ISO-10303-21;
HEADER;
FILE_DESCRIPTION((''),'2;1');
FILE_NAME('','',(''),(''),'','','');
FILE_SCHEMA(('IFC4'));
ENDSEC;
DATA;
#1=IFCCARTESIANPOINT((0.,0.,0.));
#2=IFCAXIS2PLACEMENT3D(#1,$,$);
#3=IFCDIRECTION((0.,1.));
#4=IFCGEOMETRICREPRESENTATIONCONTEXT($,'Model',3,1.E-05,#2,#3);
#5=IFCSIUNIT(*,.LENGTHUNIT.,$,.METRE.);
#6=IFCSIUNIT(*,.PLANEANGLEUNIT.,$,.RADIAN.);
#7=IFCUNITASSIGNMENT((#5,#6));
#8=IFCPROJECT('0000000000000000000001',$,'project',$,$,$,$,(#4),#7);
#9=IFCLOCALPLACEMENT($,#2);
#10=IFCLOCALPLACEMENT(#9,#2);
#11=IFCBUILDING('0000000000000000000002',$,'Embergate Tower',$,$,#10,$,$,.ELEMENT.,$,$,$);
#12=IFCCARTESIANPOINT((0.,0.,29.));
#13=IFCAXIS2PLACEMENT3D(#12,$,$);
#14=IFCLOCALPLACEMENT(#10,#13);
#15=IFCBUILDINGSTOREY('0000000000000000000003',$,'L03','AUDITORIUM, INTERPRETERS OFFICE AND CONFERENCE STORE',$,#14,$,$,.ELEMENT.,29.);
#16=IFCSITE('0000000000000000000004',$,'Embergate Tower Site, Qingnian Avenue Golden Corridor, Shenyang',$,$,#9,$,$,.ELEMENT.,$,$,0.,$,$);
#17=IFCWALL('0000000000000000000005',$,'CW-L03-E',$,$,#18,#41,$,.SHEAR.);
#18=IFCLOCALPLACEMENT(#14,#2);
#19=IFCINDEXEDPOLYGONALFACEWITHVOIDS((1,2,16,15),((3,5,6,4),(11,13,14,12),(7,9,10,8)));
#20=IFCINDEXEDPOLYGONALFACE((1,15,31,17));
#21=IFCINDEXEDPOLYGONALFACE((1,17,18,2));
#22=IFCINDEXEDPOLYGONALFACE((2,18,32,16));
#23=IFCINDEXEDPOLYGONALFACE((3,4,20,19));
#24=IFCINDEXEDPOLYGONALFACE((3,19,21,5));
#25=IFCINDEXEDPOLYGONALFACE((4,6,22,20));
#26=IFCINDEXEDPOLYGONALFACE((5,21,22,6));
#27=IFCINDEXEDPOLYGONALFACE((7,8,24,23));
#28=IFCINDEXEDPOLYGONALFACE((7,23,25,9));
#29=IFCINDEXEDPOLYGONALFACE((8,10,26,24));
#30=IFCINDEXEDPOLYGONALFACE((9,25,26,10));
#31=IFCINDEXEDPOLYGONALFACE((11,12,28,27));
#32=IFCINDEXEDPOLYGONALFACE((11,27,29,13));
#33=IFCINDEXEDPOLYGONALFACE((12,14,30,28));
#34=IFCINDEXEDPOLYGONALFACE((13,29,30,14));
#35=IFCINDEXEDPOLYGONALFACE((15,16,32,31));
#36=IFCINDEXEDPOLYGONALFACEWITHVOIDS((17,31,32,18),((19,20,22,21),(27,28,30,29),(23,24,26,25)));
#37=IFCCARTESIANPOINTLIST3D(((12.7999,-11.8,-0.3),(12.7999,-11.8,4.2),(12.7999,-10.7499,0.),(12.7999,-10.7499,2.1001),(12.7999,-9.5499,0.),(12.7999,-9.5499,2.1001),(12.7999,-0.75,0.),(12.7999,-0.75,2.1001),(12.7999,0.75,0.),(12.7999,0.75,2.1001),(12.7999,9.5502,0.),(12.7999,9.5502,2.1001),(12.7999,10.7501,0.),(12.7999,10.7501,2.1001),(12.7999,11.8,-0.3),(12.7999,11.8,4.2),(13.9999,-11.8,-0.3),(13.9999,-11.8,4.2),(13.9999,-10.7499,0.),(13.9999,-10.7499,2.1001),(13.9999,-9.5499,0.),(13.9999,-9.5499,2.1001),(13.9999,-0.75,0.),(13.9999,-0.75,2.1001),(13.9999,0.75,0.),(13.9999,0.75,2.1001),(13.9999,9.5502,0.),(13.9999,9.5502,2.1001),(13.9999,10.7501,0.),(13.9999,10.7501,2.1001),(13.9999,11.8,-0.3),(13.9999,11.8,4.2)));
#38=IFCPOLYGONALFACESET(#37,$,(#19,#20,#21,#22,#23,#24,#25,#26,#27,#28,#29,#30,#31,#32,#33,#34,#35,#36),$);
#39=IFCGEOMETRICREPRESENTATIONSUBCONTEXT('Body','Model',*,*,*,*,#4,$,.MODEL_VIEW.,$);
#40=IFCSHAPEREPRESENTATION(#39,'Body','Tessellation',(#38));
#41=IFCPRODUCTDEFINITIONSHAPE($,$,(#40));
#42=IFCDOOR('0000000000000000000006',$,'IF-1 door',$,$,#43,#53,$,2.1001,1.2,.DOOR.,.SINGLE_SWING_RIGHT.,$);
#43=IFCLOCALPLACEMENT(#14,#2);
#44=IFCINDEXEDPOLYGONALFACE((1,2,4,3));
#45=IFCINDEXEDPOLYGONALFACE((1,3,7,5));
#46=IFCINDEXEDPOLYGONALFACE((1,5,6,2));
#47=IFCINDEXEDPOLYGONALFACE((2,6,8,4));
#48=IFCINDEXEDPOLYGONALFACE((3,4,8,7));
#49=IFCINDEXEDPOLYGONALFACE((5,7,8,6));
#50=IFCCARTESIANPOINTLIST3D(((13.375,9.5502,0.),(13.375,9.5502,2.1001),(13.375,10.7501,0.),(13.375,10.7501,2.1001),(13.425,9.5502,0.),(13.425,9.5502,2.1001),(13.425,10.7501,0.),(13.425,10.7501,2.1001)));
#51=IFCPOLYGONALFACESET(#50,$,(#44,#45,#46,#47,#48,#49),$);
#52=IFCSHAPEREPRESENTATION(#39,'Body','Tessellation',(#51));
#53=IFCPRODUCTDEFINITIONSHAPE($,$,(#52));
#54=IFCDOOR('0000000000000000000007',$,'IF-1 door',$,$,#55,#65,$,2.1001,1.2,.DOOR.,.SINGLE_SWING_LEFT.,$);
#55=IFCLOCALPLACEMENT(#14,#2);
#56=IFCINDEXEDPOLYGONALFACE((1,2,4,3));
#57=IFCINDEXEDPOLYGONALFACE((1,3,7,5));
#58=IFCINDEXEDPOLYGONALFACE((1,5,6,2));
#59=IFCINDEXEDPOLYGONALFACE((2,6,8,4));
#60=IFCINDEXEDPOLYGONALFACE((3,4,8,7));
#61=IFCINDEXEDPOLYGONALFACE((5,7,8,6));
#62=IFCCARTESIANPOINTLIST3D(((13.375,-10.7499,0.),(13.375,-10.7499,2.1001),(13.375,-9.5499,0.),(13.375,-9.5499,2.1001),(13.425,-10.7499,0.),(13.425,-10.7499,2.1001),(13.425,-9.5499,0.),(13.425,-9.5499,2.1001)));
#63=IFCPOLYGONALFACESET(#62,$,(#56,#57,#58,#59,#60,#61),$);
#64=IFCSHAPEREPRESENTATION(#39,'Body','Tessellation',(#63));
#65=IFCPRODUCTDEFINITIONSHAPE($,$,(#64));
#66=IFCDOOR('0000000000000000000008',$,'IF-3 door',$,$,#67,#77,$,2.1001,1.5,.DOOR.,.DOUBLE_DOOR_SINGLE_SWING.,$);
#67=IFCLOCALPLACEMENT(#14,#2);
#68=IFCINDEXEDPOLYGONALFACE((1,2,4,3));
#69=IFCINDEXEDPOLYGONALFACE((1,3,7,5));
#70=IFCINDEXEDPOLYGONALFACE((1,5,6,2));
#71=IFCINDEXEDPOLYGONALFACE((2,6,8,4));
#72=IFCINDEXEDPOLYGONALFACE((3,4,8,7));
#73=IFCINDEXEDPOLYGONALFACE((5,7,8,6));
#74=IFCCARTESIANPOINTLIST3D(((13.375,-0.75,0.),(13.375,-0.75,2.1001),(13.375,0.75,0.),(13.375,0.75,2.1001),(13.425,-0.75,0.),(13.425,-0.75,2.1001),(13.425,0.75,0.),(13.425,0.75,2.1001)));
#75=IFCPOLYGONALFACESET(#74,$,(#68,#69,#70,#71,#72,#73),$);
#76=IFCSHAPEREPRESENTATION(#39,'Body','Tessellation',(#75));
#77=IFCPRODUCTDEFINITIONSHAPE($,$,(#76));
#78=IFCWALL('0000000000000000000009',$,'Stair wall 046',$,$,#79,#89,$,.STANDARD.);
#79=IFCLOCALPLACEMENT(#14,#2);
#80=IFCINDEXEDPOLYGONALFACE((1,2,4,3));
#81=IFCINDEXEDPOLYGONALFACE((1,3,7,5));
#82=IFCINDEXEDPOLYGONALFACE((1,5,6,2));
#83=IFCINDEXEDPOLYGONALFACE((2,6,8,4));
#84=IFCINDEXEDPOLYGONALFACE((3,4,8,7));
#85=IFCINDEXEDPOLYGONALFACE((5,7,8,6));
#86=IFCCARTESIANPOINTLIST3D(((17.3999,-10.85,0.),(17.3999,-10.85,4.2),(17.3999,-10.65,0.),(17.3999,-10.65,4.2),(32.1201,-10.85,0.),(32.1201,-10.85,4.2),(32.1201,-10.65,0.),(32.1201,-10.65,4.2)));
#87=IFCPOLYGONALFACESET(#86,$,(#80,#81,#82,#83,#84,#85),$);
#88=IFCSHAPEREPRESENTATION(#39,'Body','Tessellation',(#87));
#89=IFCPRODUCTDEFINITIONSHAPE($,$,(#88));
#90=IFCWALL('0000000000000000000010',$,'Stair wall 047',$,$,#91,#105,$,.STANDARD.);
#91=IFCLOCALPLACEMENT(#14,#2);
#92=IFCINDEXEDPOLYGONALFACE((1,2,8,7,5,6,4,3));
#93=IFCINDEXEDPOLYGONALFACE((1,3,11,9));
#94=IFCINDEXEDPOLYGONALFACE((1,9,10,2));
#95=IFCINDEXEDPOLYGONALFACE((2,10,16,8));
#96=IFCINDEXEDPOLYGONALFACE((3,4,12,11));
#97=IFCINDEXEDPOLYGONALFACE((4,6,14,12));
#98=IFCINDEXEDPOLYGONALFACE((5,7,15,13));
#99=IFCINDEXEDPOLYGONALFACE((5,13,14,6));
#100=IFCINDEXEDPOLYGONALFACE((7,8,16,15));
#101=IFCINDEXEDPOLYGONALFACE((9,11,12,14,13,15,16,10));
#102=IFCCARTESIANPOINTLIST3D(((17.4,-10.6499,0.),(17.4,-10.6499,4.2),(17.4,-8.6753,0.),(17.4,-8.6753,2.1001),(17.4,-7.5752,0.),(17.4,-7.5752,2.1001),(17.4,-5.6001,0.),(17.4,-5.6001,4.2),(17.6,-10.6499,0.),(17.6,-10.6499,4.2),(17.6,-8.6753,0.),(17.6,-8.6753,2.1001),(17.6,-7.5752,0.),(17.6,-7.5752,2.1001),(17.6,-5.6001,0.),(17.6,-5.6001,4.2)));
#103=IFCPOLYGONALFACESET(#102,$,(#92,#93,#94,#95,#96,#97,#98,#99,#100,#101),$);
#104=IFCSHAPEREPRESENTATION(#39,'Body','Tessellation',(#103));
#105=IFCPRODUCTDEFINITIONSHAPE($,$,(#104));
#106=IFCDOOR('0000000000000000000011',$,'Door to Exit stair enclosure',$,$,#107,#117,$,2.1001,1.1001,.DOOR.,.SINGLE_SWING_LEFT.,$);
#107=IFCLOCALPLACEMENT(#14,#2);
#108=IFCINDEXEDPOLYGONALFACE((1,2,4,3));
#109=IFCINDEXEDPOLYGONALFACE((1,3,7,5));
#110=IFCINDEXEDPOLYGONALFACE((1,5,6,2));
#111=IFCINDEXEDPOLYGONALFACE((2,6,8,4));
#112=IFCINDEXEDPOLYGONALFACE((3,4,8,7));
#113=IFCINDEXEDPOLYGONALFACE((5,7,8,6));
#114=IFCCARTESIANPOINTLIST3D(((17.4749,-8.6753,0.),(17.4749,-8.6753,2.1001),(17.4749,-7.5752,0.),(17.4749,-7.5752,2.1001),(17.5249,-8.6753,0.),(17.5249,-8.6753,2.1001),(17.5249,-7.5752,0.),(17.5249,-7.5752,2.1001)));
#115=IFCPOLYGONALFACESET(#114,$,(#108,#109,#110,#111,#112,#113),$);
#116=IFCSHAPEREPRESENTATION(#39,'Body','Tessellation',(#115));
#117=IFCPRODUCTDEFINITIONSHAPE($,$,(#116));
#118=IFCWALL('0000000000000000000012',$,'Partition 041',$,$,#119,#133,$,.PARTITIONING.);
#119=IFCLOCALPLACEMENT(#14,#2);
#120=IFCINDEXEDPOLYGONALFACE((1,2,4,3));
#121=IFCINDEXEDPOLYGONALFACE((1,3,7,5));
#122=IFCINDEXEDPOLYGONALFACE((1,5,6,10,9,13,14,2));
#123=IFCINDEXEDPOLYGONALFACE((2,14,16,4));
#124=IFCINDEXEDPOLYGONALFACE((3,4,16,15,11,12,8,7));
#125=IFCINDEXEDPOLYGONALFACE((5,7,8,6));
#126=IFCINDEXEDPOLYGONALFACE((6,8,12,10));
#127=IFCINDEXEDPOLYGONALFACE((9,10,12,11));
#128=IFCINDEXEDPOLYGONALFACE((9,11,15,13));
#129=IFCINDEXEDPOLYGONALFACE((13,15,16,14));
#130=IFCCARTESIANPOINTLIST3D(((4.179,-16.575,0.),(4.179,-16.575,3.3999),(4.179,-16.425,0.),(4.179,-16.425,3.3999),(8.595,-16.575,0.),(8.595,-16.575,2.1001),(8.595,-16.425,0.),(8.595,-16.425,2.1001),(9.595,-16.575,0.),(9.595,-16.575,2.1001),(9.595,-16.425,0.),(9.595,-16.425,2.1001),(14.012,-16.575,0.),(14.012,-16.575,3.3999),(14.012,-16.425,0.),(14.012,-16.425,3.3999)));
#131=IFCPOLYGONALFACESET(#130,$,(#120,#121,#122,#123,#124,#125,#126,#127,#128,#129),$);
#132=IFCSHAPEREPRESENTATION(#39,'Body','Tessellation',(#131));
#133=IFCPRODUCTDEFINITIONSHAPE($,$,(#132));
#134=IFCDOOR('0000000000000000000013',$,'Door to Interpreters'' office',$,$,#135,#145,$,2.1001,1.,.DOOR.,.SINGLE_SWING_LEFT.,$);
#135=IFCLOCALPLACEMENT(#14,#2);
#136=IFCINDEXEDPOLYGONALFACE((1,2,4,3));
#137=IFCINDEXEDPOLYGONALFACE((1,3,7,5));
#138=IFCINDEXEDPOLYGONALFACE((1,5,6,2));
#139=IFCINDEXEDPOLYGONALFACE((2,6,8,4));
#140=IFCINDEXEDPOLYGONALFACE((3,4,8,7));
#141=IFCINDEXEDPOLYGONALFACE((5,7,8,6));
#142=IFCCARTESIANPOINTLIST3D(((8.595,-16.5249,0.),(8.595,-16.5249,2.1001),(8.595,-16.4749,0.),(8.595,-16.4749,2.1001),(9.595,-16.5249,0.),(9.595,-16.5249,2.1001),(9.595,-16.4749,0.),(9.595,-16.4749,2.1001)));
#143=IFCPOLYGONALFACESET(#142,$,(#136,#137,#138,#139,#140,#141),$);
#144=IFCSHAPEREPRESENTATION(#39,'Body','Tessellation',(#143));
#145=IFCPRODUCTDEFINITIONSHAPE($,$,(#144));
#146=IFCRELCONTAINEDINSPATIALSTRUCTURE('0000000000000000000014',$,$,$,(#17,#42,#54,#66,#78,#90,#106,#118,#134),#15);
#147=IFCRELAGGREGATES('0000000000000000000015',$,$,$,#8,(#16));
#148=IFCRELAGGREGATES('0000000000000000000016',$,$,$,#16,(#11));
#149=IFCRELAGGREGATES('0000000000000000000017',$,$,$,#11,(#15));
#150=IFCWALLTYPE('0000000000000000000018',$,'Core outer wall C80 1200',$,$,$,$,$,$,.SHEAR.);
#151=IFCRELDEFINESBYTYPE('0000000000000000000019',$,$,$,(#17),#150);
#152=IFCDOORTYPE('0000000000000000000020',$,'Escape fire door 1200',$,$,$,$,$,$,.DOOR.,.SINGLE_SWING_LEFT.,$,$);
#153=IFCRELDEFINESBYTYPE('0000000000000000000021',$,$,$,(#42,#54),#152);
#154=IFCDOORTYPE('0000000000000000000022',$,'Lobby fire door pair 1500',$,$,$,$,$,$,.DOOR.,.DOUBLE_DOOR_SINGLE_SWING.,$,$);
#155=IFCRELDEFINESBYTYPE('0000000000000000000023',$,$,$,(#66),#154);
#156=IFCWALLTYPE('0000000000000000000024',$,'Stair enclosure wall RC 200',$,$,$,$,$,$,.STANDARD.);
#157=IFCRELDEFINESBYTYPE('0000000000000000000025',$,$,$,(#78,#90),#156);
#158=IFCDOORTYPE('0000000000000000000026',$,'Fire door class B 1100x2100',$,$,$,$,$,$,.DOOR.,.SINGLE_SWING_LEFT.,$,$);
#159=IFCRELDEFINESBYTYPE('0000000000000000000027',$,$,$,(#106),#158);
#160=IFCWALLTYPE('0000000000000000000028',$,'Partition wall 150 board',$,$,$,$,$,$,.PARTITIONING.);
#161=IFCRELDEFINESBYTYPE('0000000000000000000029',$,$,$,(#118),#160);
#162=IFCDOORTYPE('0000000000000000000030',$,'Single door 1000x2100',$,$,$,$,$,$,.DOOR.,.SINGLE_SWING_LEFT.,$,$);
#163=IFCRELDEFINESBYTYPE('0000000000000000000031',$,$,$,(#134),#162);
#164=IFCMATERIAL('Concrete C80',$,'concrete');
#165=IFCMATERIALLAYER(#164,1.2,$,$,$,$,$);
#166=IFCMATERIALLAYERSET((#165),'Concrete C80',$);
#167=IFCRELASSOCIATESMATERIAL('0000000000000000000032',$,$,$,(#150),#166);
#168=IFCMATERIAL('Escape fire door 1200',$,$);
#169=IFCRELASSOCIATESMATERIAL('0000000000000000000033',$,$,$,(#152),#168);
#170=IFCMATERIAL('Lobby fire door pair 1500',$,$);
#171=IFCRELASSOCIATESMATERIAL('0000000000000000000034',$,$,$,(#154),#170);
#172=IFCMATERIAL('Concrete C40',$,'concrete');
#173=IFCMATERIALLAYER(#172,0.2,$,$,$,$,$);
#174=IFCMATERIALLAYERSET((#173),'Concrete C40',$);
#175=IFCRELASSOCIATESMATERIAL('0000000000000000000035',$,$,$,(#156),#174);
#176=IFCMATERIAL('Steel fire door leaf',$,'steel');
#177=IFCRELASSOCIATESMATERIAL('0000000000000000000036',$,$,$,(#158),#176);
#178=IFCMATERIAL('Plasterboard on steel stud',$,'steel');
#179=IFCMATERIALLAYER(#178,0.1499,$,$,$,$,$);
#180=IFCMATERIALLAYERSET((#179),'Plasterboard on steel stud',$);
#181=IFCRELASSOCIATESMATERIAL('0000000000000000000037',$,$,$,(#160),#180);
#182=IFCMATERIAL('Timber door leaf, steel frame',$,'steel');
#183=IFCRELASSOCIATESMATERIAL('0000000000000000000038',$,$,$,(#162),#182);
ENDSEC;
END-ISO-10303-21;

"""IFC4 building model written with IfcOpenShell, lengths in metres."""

from ifc_helpers import new_model, si_unit, direction, frame, frame_2d, origin, place, context, subcontext, project, spatial, rectangle, extrude, source, transform, mapped, material, layer, layer_set, type_object, element, fill, save


model = new_model("IFC4")

# Units and contexts
model_context = context("Model", 3, precision=1e-05, world=origin(), true_north=direction((0.0, 1.0)))
body_context = subcontext(model_context, "Body", "Model", "MODEL_VIEW")
ifc_project = project(units=[si_unit("LENGTHUNIT", "METRE"), si_unit("PLANEANGLEUNIT", "RADIAN")], contexts=[model_context])

# Site, building, storey
site_placement = place(None, origin())
site = spatial("IfcSite", under=ifc_project, at=site_placement, Name="Embergate Tower Site, Qingnian Avenue Golden Corridor, Shenyang", CompositionType="ELEMENT", RefElevation=0.0)
building_placement = place(site_placement, origin())
building = spatial("IfcBuilding", under=site, at=building_placement, Name="Embergate Tower", CompositionType="ELEMENT")
storey_placement = place(building_placement, frame((0.0, 0.0, 29.0)))
storey = spatial("IfcBuildingStorey", under=building, at=storey_placement, Name="L03", Description="AUDITORIUM, INTERPRETERS OFFICE AND CONFERENCE STORE", CompositionType="ELEMENT", Elevation=29.0)

# Wall, openings, doors
ifc_material_1 = material(Name="Concrete C80", Category="concrete")
ifc_layer_1 = layer(ifc_material_1, 1.2)
ifc_layer_set_1 = layer_set([ifc_layer_1], Name="Concrete C80")
wall_type_1 = type_object("IfcWallType", Name="Core outer wall C80 1200", PredefinedType="SHEAR", material=ifc_layer_set_1)
shared_shape_1 = source(origin(), body_context, "Body", "SweptSolid", [
    extrude(rectangle(XDim=23.6001, YDim=1.2, at=frame_2d((11.8, 0.0))), origin(), (0.0, 0.0, 1.0), 4.5),
])
wall_1_placement = place(storey_placement, frame((13.3999, -11.8, -0.3), z_axis=(0.0, 0.0, 1.0), x_axis=(0.0, 1.0, 0.0)))
wall_1 = element("IfcWall", 1, at=wall_1_placement, inside=storey, type_object=wall_type_1, Name="CW-L03-E", PredefinedType="SHEAR", context=body_context, shape_type="MappedRepresentation", body=[
    mapped(shared_shape_1, transform((0.0, 0.0, 0.0))),
])
shared_shape_2 = source(origin(), body_context, "Body", "SweptSolid", [
    extrude(rectangle(XDim=1.2, YDim=2.1001, at=frame_2d((0.6001, 1.05))), frame((0.0, 0.6099, 0.0), z_axis=(0.0, -1.0, 0.0), x_axis=(1.0, 0.0, 0.0)), (0.0, 0.0, 1.0), 1.22),
])
opening_1_placement = place(wall_1_placement, frame((21.3501, 0.0, 0.3)))
opening_1 = element("IfcOpeningElement", 2, at=opening_1_placement, cuts=wall_1, PredefinedType="OPENING", context=body_context, shape_type="MappedRepresentation", body=[
    mapped(shared_shape_2, transform((0.0, 0.0, 0.0))),
])
opening_2_placement = place(wall_1_placement, frame((1.05, 0.0, 0.3)))
opening_2 = element("IfcOpeningElement", 3, at=opening_2_placement, cuts=wall_1, PredefinedType="OPENING", context=body_context, shape_type="MappedRepresentation", body=[
    mapped(shared_shape_2, transform((0.0, 0.0, 0.0))),
])
shared_shape_3 = source(origin(), body_context, "Body", "SweptSolid", [
    extrude(rectangle(XDim=1.5, YDim=2.1001, at=frame_2d((0.75, 1.05))), frame((0.0, 0.6099, 0.0), z_axis=(0.0, -1.0, 0.0), x_axis=(1.0, 0.0, 0.0)), (0.0, 0.0, 1.0), 1.22),
])
opening_3_placement = place(wall_1_placement, frame((11.05, 0.0, 0.3)))
opening_3 = element("IfcOpeningElement", 4, at=opening_3_placement, cuts=wall_1, PredefinedType="OPENING", context=body_context, shape_type="MappedRepresentation", body=[
    mapped(shared_shape_3, transform((0.0, 0.0, 0.0))),
])
ifc_material_2 = material(Name="Escape fire door 1200")
door_type_1 = type_object("IfcDoorType", Name="Escape fire door 1200", OperationType="SINGLE_SWING_LEFT", PredefinedType="DOOR", material=ifc_material_2)
shared_shape_4 = source(origin(), body_context, "Body", "SweptSolid", [
    extrude(rectangle(XDim=1.2, YDim=2.1001, at=frame_2d((0.6001, 1.05))), frame((0.0, 0.0249, 0.0), z_axis=(0.0, -1.0, 0.0), x_axis=(1.0, 0.0, 0.0)), (0.0, 0.0, 1.0), 0.05),
])
door_1_placement = place(opening_1_placement, origin())
door_1 = element("IfcDoor", 5, at=door_1_placement, inside=storey, type_object=door_type_1, Name="IF-1 door", OperationType="SINGLE_SWING_RIGHT", OverallHeight=2.1001, OverallWidth=1.2, PredefinedType="DOOR", context=body_context, shape_type="MappedRepresentation", body=[
    mapped(shared_shape_4, transform((0.0, 0.0, 0.0))),
])
fill(opening_1, door_1)
door_2_placement = place(opening_2_placement, origin())
door_2 = element("IfcDoor", 6, at=door_2_placement, inside=storey, type_object=door_type_1, Name="IF-1 door", OperationType="SINGLE_SWING_LEFT", OverallHeight=2.1001, OverallWidth=1.2, PredefinedType="DOOR", context=body_context, shape_type="MappedRepresentation", body=[
    mapped(shared_shape_4, transform((0.0, 0.0, 0.0))),
])
fill(opening_2, door_2)
ifc_material_3 = material(Name="Lobby fire door pair 1500")
door_type_2 = type_object("IfcDoorType", Name="Lobby fire door pair 1500", OperationType="DOUBLE_DOOR_SINGLE_SWING", PredefinedType="DOOR", material=ifc_material_3)
shared_shape_5 = source(origin(), body_context, "Body", "SweptSolid", [
    extrude(rectangle(XDim=1.5, YDim=2.1001, at=frame_2d((0.75, 1.05))), frame((0.0, 0.0249, 0.0), z_axis=(0.0, -1.0, 0.0), x_axis=(1.0, 0.0, 0.0)), (0.0, 0.0, 1.0), 0.05),
])
door_3_placement = place(opening_3_placement, origin())
door_3 = element("IfcDoor", 7, at=door_3_placement, inside=storey, type_object=door_type_2, Name="IF-3 door", OperationType="DOUBLE_DOOR_SINGLE_SWING", OverallHeight=2.1001, OverallWidth=1.5, PredefinedType="DOOR", context=body_context, shape_type="MappedRepresentation", body=[
    mapped(shared_shape_5, transform((0.0, 0.0, 0.0))),
])
fill(opening_3, door_3)

# Wall
ifc_material_4 = material(Name="Concrete C40", Category="concrete")
ifc_layer_2 = layer(ifc_material_4, 0.2)
ifc_layer_set_2 = layer_set([ifc_layer_2], Name="Concrete C40")
wall_type_2 = type_object("IfcWallType", Name="Stair enclosure wall RC 200", PredefinedType="STANDARD", material=ifc_layer_set_2)
shared_shape_6 = source(origin(), body_context, "Body", "SweptSolid", [
    extrude(rectangle(XDim=14.7202, YDim=0.2, at=frame_2d((7.3601, 0.0))), origin(), (0.0, 0.0, 1.0), 4.2),
])
wall_2_placement = place(storey_placement, frame((17.3999, -10.75, 0.0), z_axis=(0.0, 0.0, 1.0), x_axis=(1.0, 0.0, 0.0)))
element("IfcWall", 8, at=wall_2_placement, inside=storey, type_object=wall_type_2, Name="Stair wall 046", PredefinedType="STANDARD", context=body_context, shape_type="MappedRepresentation", body=[
    mapped(shared_shape_6, transform((0.0, 0.0, 0.0))),
])

# Walls, openings, doors
shared_shape_7 = source(origin(), body_context, "Body", "SweptSolid", [
    extrude(rectangle(XDim=5.0498, YDim=0.2, at=frame_2d((2.5249, 0.0))), origin(), (0.0, 0.0, 1.0), 4.2),
])
wall_3_placement = place(storey_placement, frame((17.5, -5.6001, 0.0), z_axis=(0.0, 0.0, 1.0), x_axis=(0.0, -1.0, 0.0)))
wall_3 = element("IfcWall", 9, at=wall_3_placement, inside=storey, type_object=wall_type_2, Name="Stair wall 047", PredefinedType="STANDARD", context=body_context, shape_type="MappedRepresentation", body=[
    mapped(shared_shape_7, transform((0.0, 0.0, 0.0))),
])
shared_shape_8 = source(origin(), body_context, "Body", "SweptSolid", [
    extrude(rectangle(XDim=1.1001, YDim=2.1001, at=frame_2d((0.55, 1.05))), frame((0.0, 0.1099, 0.0), z_axis=(0.0, -1.0, 0.0), x_axis=(1.0, 0.0, 0.0)), (0.0, 0.0, 1.0), 0.22),
])
opening_4_placement = place(wall_3_placement, frame((1.9751, 0.0, 0.0)))
opening_4 = element("IfcOpeningElement", 10, at=opening_4_placement, cuts=wall_3, PredefinedType="OPENING", context=body_context, shape_type="MappedRepresentation", body=[
    mapped(shared_shape_8, transform((0.0, 0.0, 0.0))),
])
ifc_material_5 = material(Name="Steel fire door leaf", Category="steel")
door_type_3 = type_object("IfcDoorType", Name="Fire door class B 1100x2100", OperationType="SINGLE_SWING_LEFT", PredefinedType="DOOR", material=ifc_material_5)
shared_shape_9 = source(origin(), body_context, "Body", "SweptSolid", [
    extrude(rectangle(XDim=1.1001, YDim=2.1001, at=frame_2d((0.55, 1.05))), frame((0.0, 0.0249, 0.0), z_axis=(0.0, -1.0, 0.0), x_axis=(1.0, 0.0, 0.0)), (0.0, 0.0, 1.0), 0.05),
])
door_4_placement = place(opening_4_placement, origin())
door_4 = element("IfcDoor", 11, at=door_4_placement, inside=storey, type_object=door_type_3, Name="Door to Exit stair enclosure", OperationType="SINGLE_SWING_LEFT", OverallHeight=2.1001, OverallWidth=1.1001, PredefinedType="DOOR", context=body_context, shape_type="MappedRepresentation", body=[
    mapped(shared_shape_9, transform((0.0, 0.0, 0.0))),
])
fill(opening_4, door_4)
ifc_material_6 = material(Name="Plasterboard on steel stud", Category="steel")
ifc_layer_3 = layer(ifc_material_6, 0.1499)
ifc_layer_set_3 = layer_set([ifc_layer_3], Name="Plasterboard on steel stud")
wall_type_3 = type_object("IfcWallType", Name="Partition wall 150 board", PredefinedType="PARTITIONING", material=ifc_layer_set_3)
ifc_material_7 = material(Name="Timber door leaf, steel frame", Category="steel")
shared_shape_10 = source(origin(), body_context, "Body", "SweptSolid", [
    extrude(rectangle(XDim=9.833, YDim=0.1499, at=frame_2d((4.9165, 0.0))), origin(), (0.0, 0.0, 1.0), 3.3999),
])
wall_4_placement = place(storey_placement, frame((14.012, -16.5, 0.0), z_axis=(0.0, 0.0, 1.0), x_axis=(-1.0, 0.0, 0.0)))
wall_4 = element("IfcWall", 12, at=wall_4_placement, inside=storey, type_object=wall_type_3, Name="Partition 041", PredefinedType="PARTITIONING", context=body_context, shape_type="MappedRepresentation", body=[
    mapped(shared_shape_10, transform((0.0, 0.0, 0.0))),
])
shared_shape_11 = source(origin(), body_context, "Body", "SweptSolid", [
    extrude(rectangle(XDim=1.0, YDim=2.1001, at=frame_2d((0.5, 1.05))), frame((0.0, 0.085, 0.0), z_axis=(0.0, -1.0, 0.0), x_axis=(1.0, 0.0, 0.0)), (0.0, 0.0, 1.0), 0.1699),
])
opening_5_placement = place(wall_4_placement, frame((4.417, 0.0, 0.0)))
opening_5 = element("IfcOpeningElement", 13, at=opening_5_placement, cuts=wall_4, PredefinedType="OPENING", context=body_context, shape_type="MappedRepresentation", body=[
    mapped(shared_shape_11, transform((0.0, 0.0, 0.0))),
])
door_type_4 = type_object("IfcDoorType", Name="Single door 1000x2100", OperationType="SINGLE_SWING_LEFT", PredefinedType="DOOR", material=ifc_material_7)
shared_shape_12 = source(origin(), body_context, "Body", "SweptSolid", [
    extrude(rectangle(XDim=1.0, YDim=2.1001, at=frame_2d((0.5, 1.05))), frame((0.0, 0.0249, 0.0), z_axis=(0.0, -1.0, 0.0), x_axis=(1.0, 0.0, 0.0)), (0.0, 0.0, 1.0), 0.05),
])
door_5_placement = place(opening_5_placement, origin())
door_5 = element("IfcDoor", 14, at=door_5_placement, inside=storey, type_object=door_type_4, Name="Door to Interpreters' office", OperationType="SINGLE_SWING_LEFT", OverallHeight=2.1001, OverallWidth=1.0, PredefinedType="DOOR", context=body_context, shape_type="MappedRepresentation", body=[
    mapped(shared_shape_12, transform((0.0, 0.0, 0.0))),
])
fill(opening_5, door_5)

save(model, "model.ifc")
